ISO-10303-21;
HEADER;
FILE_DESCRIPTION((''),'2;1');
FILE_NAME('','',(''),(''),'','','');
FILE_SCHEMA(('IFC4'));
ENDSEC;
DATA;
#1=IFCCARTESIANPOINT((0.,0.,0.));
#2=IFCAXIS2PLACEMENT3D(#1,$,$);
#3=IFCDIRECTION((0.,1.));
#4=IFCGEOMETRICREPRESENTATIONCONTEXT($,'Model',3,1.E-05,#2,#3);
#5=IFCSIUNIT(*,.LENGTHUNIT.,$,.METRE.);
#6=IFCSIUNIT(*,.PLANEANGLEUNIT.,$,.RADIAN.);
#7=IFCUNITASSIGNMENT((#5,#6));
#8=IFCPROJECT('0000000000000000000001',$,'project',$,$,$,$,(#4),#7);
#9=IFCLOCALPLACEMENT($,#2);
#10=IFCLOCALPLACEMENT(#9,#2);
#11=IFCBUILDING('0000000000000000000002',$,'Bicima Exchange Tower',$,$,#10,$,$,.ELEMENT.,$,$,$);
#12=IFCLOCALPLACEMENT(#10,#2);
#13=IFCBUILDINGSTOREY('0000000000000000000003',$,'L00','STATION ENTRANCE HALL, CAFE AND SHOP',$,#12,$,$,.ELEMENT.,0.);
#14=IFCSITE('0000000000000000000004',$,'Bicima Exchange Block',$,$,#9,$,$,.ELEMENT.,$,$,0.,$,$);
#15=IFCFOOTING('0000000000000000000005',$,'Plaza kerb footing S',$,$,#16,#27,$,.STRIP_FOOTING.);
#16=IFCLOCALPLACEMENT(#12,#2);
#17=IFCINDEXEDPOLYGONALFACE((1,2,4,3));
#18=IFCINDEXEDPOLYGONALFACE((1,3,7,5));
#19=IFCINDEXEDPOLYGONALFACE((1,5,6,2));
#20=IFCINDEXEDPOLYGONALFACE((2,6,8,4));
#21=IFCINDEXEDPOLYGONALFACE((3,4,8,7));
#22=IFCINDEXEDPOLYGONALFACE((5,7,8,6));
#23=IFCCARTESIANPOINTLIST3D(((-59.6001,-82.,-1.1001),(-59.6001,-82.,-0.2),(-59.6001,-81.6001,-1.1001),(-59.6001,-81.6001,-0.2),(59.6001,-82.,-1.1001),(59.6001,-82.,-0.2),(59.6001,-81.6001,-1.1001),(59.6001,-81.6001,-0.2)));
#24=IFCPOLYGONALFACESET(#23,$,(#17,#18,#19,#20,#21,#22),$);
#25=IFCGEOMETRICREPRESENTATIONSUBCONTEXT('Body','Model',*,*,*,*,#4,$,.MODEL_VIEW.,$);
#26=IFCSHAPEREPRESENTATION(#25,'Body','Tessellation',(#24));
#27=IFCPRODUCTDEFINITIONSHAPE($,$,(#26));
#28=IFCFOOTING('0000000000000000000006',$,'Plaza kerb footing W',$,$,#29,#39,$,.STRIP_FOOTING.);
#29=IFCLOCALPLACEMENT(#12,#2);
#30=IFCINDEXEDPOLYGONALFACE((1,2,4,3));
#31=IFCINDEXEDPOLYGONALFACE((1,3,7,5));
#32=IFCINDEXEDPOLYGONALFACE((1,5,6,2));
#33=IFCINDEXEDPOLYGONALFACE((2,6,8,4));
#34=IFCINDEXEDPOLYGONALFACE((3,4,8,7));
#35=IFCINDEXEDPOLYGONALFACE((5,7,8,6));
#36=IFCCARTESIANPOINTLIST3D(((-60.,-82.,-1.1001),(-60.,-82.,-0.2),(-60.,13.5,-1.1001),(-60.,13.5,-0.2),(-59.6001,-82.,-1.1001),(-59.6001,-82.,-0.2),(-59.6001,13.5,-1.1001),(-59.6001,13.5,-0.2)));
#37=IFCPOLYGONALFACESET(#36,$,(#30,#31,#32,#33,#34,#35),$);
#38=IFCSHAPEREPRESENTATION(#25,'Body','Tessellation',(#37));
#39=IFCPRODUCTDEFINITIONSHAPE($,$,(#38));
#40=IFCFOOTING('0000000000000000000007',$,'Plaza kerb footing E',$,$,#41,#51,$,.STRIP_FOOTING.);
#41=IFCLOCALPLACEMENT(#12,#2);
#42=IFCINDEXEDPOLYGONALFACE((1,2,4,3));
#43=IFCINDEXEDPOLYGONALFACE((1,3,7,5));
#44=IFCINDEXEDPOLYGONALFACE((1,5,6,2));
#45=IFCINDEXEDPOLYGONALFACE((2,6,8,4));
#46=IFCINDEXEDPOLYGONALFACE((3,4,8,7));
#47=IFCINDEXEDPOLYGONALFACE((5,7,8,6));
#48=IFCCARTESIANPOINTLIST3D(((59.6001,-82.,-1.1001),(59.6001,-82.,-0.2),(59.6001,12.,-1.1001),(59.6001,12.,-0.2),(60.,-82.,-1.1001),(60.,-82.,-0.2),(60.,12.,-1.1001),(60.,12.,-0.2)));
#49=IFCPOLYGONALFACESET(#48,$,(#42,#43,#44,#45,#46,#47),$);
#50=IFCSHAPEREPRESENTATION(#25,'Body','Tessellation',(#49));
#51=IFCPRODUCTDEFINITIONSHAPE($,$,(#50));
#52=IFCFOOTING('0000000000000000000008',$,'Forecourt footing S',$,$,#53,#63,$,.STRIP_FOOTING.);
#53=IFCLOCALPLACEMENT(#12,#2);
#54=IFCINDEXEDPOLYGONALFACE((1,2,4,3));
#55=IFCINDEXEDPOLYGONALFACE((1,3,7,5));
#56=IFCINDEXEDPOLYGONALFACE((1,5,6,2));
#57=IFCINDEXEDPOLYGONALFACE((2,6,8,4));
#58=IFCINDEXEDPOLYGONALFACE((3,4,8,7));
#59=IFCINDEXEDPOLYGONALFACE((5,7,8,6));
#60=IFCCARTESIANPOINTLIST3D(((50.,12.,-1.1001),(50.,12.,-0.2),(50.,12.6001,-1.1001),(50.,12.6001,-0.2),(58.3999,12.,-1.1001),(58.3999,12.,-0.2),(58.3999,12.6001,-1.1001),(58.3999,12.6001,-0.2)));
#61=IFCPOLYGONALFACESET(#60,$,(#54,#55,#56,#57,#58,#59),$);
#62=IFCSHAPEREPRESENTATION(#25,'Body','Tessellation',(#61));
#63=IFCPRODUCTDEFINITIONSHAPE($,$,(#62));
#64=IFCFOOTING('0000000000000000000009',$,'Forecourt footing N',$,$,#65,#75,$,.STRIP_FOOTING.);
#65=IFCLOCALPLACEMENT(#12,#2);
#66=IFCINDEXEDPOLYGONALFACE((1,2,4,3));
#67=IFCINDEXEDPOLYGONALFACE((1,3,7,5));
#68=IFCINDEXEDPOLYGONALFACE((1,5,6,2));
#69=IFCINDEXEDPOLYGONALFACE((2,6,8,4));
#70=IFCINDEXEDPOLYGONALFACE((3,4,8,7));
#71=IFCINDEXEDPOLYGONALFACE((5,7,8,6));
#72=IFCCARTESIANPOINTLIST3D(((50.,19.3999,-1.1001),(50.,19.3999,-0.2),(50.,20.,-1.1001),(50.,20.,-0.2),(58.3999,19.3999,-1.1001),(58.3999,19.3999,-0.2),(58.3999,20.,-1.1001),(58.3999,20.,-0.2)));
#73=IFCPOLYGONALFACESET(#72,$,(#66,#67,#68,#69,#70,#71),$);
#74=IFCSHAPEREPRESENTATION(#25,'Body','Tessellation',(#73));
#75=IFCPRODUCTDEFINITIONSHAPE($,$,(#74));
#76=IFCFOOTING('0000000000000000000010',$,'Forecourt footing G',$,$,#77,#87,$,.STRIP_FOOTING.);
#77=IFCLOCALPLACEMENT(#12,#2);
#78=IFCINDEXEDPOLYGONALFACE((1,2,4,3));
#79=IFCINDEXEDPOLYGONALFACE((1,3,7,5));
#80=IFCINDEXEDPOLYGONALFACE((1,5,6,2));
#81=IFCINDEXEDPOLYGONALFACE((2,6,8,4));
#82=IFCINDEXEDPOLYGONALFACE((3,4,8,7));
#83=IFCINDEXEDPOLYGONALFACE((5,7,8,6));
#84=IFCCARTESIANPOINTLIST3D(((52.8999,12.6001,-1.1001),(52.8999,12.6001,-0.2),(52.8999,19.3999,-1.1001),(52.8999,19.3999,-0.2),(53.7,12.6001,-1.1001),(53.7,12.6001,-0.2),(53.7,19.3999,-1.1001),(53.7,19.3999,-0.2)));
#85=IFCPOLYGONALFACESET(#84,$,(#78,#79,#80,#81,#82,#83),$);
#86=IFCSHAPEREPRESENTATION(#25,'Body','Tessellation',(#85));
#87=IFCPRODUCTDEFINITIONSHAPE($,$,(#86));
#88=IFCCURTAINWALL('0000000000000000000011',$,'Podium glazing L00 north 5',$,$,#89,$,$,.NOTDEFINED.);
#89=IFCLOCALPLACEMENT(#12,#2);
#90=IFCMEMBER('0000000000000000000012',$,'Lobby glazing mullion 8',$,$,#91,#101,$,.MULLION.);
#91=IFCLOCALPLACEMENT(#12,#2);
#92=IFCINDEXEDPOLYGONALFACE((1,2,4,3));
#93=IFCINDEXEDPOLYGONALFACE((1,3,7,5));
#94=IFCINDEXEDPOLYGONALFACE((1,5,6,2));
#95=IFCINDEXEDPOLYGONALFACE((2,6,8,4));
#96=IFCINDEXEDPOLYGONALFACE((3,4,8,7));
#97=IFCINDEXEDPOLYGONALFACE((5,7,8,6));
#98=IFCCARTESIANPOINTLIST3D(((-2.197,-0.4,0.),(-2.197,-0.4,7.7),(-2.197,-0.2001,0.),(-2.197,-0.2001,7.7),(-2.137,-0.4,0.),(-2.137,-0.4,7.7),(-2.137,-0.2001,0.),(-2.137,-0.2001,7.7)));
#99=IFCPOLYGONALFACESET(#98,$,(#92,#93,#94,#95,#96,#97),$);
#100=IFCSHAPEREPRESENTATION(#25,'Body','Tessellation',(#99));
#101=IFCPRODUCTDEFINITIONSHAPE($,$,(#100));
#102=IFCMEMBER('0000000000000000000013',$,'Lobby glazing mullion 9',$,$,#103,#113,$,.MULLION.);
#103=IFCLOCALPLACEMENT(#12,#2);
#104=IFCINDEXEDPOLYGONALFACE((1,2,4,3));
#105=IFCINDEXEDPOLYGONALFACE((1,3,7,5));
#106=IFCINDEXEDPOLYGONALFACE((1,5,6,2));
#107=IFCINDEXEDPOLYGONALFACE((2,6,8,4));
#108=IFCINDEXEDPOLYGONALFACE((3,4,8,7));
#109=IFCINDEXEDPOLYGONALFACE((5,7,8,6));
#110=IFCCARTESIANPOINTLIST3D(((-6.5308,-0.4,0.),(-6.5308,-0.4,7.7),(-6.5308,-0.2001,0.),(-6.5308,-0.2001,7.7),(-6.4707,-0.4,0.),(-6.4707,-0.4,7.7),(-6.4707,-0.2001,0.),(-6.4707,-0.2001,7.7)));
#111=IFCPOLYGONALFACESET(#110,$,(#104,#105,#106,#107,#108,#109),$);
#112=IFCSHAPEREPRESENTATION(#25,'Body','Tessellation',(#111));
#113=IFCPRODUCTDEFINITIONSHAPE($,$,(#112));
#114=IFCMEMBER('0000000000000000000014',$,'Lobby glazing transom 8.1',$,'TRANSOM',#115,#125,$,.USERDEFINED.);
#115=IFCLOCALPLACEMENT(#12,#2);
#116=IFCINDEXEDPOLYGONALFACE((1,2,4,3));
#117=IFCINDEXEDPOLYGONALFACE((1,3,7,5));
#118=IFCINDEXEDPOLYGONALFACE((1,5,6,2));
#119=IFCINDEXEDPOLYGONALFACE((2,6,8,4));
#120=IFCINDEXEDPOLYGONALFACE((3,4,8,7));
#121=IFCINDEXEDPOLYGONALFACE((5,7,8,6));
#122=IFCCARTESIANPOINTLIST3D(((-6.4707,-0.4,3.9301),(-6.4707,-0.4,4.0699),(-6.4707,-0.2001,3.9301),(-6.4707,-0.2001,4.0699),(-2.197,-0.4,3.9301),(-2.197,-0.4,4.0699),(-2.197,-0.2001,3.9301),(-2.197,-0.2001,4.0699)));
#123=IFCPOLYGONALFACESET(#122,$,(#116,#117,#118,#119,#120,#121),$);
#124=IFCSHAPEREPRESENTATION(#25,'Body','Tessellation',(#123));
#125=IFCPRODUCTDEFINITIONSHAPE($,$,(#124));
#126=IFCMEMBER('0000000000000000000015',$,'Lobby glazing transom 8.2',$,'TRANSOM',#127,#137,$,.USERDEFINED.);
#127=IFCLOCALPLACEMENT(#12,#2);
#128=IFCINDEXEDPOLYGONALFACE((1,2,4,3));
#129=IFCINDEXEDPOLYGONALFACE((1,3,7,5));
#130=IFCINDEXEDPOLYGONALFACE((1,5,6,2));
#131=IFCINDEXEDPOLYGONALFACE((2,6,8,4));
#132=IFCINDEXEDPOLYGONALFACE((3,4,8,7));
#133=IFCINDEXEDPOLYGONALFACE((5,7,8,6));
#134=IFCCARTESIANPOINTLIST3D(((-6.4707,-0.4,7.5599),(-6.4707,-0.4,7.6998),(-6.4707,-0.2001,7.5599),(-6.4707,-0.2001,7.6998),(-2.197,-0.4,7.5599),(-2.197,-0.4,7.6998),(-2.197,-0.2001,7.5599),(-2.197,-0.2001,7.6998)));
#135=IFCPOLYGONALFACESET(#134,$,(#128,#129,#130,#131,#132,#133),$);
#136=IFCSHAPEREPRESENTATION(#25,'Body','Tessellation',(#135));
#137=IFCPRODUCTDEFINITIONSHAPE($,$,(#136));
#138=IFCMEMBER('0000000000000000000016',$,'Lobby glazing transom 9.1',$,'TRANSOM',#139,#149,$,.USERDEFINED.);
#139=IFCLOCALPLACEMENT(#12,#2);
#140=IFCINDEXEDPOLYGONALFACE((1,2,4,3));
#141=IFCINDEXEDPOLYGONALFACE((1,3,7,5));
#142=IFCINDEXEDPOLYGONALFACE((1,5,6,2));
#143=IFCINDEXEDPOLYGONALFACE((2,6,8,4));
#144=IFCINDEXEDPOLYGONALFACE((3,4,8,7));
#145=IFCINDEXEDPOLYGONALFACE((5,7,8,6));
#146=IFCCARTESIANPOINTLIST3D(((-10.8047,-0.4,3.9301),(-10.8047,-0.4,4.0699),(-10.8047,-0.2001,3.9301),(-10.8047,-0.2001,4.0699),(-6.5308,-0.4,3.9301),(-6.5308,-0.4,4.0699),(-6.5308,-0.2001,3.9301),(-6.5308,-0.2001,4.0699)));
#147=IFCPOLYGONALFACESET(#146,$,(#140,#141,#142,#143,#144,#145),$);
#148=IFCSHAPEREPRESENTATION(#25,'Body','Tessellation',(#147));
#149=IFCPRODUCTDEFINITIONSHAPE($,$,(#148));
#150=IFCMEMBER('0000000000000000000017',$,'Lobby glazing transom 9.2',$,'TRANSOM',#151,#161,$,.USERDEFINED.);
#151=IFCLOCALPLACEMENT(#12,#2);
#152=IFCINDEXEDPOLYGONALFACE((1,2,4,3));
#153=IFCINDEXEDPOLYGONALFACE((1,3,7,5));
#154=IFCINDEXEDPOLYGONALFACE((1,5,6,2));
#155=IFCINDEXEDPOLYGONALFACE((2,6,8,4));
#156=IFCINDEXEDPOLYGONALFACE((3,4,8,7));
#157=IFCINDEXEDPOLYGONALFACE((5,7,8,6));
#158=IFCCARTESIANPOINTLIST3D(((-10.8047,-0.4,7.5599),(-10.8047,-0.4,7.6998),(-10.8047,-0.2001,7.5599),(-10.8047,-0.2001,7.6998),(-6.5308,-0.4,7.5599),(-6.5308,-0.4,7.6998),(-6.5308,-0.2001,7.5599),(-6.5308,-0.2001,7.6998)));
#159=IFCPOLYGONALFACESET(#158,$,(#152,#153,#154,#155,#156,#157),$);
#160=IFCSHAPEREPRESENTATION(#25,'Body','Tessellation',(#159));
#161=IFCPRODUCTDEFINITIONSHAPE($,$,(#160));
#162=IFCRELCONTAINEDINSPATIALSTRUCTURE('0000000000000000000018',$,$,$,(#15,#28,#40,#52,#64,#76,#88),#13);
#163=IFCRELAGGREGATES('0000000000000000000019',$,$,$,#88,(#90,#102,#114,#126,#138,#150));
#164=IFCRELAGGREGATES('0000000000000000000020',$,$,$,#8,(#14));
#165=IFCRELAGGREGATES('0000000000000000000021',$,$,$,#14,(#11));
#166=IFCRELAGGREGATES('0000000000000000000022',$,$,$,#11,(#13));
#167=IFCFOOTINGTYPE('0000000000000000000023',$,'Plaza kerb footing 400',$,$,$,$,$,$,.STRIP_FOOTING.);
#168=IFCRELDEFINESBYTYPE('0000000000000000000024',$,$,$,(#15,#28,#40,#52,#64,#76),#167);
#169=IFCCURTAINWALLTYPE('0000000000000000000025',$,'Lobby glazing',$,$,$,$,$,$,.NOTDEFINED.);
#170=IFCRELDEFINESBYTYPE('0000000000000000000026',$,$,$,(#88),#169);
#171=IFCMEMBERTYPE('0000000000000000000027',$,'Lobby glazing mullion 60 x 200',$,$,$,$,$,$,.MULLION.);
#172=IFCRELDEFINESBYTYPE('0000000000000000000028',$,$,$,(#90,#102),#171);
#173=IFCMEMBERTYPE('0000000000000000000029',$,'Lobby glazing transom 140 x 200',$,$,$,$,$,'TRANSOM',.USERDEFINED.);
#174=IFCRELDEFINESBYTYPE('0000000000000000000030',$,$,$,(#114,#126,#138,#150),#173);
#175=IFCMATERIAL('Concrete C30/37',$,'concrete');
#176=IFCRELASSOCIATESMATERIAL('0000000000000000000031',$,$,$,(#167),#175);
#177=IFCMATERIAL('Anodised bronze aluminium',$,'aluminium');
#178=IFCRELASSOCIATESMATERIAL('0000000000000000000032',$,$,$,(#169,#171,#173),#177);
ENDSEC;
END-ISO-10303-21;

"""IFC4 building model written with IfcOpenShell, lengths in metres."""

from ifc_helpers import new_model, si_unit, direction, frame, origin, origin_2d, place, context, subcontext, project, spatial, polyline, rectangle, outline, extrude, material, material_profile, profile_set, type_object, element, aggregate, save


model = new_model("IFC4")

# Units and contexts
model_context = context("Model", 3, precision=1e-05, world=origin(), true_north=direction((0.0, 1.0)))
body_context = subcontext(model_context, "Body", "Model", "MODEL_VIEW")
ifc_project = project(units=[si_unit("LENGTHUNIT", "METRE"), si_unit("PLANEANGLEUNIT", "RADIAN")], contexts=[model_context])

# Site, building, storey
site_placement = place(None, origin())
site = spatial("IfcSite", under=ifc_project, at=site_placement, Name="Bicima Exchange Block", CompositionType="ELEMENT", RefElevation=0.0)
building_placement = place(site_placement, origin())
building = spatial("IfcBuilding", under=site, at=building_placement, Name="Bicima Exchange Tower", CompositionType="ELEMENT")
storey_placement = place(building_placement, origin())
storey = spatial("IfcBuildingStorey", under=building, at=storey_placement, Name="L00", Description="STATION ENTRANCE HALL, CAFE AND SHOP", CompositionType="ELEMENT", Elevation=0.0)

# Footings
ifc_material_1 = material(Name="Concrete C30/37", Category="concrete")
footing_type = type_object("IfcFootingType", Name="Plaza kerb footing 400", PredefinedType="STRIP_FOOTING", material=ifc_material_1)
footing_1_placement = place(storey_placement, frame((0.0, 0.0, -1.1001)))
element("IfcFooting", 1, at=footing_1_placement, inside=storey, type_object=footing_type, Name="Plaza kerb footing S", PredefinedType="STRIP_FOOTING", context=body_context, shape_type="SweptSolid", body=[
    extrude(outline(polyline([(-59.6001, -82.0), (59.6001, -82.0), (59.6001, -81.6001), (-59.6001, -81.6001), (-59.6001, -82.0)])), origin(), (0.0, 0.0, 1.0), 0.9001),
])
footing_2_placement = place(storey_placement, frame((0.0, 0.0, -1.1001)))
element("IfcFooting", 2, at=footing_2_placement, inside=storey, type_object=footing_type, Name="Plaza kerb footing W", PredefinedType="STRIP_FOOTING", context=body_context, shape_type="SweptSolid", body=[
    extrude(outline(polyline([(-60.0, -82.0), (-59.6001, -82.0), (-59.6001, 13.5), (-60.0, 13.5), (-60.0, -82.0)])), origin(), (0.0, 0.0, 1.0), 0.9001),
])
footing_3_placement = place(storey_placement, frame((0.0, 0.0, -1.1001)))
element("IfcFooting", 3, at=footing_3_placement, inside=storey, type_object=footing_type, Name="Plaza kerb footing E", PredefinedType="STRIP_FOOTING", context=body_context, shape_type="SweptSolid", body=[
    extrude(outline(polyline([(59.6001, -82.0), (60.0, -82.0), (60.0, 12.0), (59.6001, 12.0), (59.6001, -82.0)])), origin(), (0.0, 0.0, 1.0), 0.9001),
])
footing_4_placement = place(storey_placement, frame((0.0, 0.0, -1.1001)))
element("IfcFooting", 4, at=footing_4_placement, inside=storey, type_object=footing_type, Name="Forecourt footing S", PredefinedType="STRIP_FOOTING", context=body_context, shape_type="SweptSolid", body=[
    extrude(outline(polyline([(50.0, 12.0), (58.3999, 12.0), (58.3999, 12.6001), (50.0, 12.6001), (50.0, 12.0)])), origin(), (0.0, 0.0, 1.0), 0.9001),
])
footing_5_placement = place(storey_placement, frame((0.0, 0.0, -1.1001)))
element("IfcFooting", 5, at=footing_5_placement, inside=storey, type_object=footing_type, Name="Forecourt footing N", PredefinedType="STRIP_FOOTING", context=body_context, shape_type="SweptSolid", body=[
    extrude(outline(polyline([(50.0, 19.3999), (58.3999, 19.3999), (58.3999, 20.0), (50.0, 20.0), (50.0, 19.3999)])), origin(), (0.0, 0.0, 1.0), 0.9001),
])
footing_6_placement = place(storey_placement, frame((0.0, 0.0, -1.1001)))
element("IfcFooting", 6, at=footing_6_placement, inside=storey, type_object=footing_type, Name="Forecourt footing G", PredefinedType="STRIP_FOOTING", context=body_context, shape_type="SweptSolid", body=[
    extrude(outline(polyline([(52.8999, 12.6001), (53.7, 12.6001), (53.7, 19.3999), (52.8999, 19.3999), (52.8999, 12.6001)])), origin(), (0.0, 0.0, 1.0), 0.9001),
])

# Curtain wall, members
ifc_material_2 = material(Name="Anodised bronze aluminium", Category="aluminium")
curtain_wall_type = type_object("IfcCurtainWallType", Name="Lobby glazing", PredefinedType="NOTDEFINED", material=ifc_material_2)
curtain_wall_placement = place(storey_placement, origin())
curtain_wall = element("IfcCurtainWall", 7, at=curtain_wall_placement, inside=storey, type_object=curtain_wall_type, Name="Podium glazing L00 north 5", PredefinedType="NOTDEFINED")
ifc_material_profile_1 = material_profile(ifc_material_2, rectangle(XDim=0.2, YDim=0.0601, at=origin_2d()))
ifc_profile_set_1 = profile_set([ifc_material_profile_1], Name="Anodised bronze aluminium")
member_type_1 = type_object("IfcMemberType", Name="Lobby glazing mullion 60 x 200", PredefinedType="MULLION", material=ifc_profile_set_1)
member_1_placement = place(storey_placement, frame((-2.167, -0.3, 0.0), z_axis=(0.0, 0.0, 1.0), x_axis=(0.0, -1.0, 0.0)))
member_1 = element("IfcMember", 8, at=member_1_placement, type_object=member_type_1, Name="Lobby glazing mullion 8", PredefinedType="MULLION", context=body_context, shape_type="SweptSolid", body=[
    extrude(rectangle(XDim=0.2, YDim=0.0601, at=origin_2d()), origin(), (0.0, 0.0, 1.0), 7.7),
])
member_2_placement = place(storey_placement, frame((-6.5007, -0.3, 0.0), z_axis=(0.0, 0.0, 1.0), x_axis=(0.0, -1.0, 0.0)))
member_2 = element("IfcMember", 9, at=member_2_placement, type_object=member_type_1, Name="Lobby glazing mullion 9", PredefinedType="MULLION", context=body_context, shape_type="SweptSolid", body=[
    extrude(rectangle(XDim=0.2, YDim=0.0601, at=origin_2d()), origin(), (0.0, 0.0, 1.0), 7.7),
])
ifc_material_profile_2 = material_profile(ifc_material_2, rectangle(XDim=0.2, YDim=0.1399, at=origin_2d()))
ifc_profile_set_2 = profile_set([ifc_material_profile_2], Name="Anodised bronze aluminium")
member_type_2 = type_object("IfcMemberType", Name="Lobby glazing transom 140 x 200", ElementType="TRANSOM", PredefinedType="USERDEFINED", material=ifc_profile_set_2)
member_3_placement = place(storey_placement, frame((-2.197, -0.3, 4.0), z_axis=(-1.0, 0.0, 0.0), x_axis=(0.0, -1.0, 0.0)))
member_3 = element("IfcMember", 10, at=member_3_placement, type_object=member_type_2, Name="Lobby glazing transom 8.1", ObjectType="TRANSOM", PredefinedType="USERDEFINED", context=body_context, shape_type="SweptSolid", body=[
    extrude(rectangle(XDim=0.2, YDim=0.1399, at=origin_2d()), origin(), (0.0, 0.0, 1.0), 4.2737),
])
member_4_placement = place(storey_placement, frame((-2.197, -0.3, 7.6299), z_axis=(-1.0, 0.0, 0.0), x_axis=(0.0, -1.0, 0.0)))
member_4 = element("IfcMember", 11, at=member_4_placement, type_object=member_type_2, Name="Lobby glazing transom 8.2", ObjectType="TRANSOM", PredefinedType="USERDEFINED", context=body_context, shape_type="SweptSolid", body=[
    extrude(rectangle(XDim=0.2, YDim=0.1399, at=origin_2d()), origin(), (0.0, 0.0, 1.0), 4.2737),
])
member_5_placement = place(storey_placement, frame((-6.5308, -0.3, 4.0), z_axis=(-1.0, 0.0, 0.0), x_axis=(0.0, -1.0, 0.0)))
member_5 = element("IfcMember", 12, at=member_5_placement, type_object=member_type_2, Name="Lobby glazing transom 9.1", ObjectType="TRANSOM", PredefinedType="USERDEFINED", context=body_context, shape_type="SweptSolid", body=[
    extrude(rectangle(XDim=0.2, YDim=0.1399, at=origin_2d()), origin(), (0.0, 0.0, 1.0), 4.2739),
])
member_6_placement = place(storey_placement, frame((-6.5308, -0.3, 7.6299), z_axis=(-1.0, 0.0, 0.0), x_axis=(0.0, -1.0, 0.0)))
member_6 = element("IfcMember", 13, at=member_6_placement, type_object=member_type_2, Name="Lobby glazing transom 9.2", ObjectType="TRANSOM", PredefinedType="USERDEFINED", context=body_context, shape_type="SweptSolid", body=[
    extrude(rectangle(XDim=0.2, YDim=0.1399, at=origin_2d()), origin(), (0.0, 0.0, 1.0), 4.2739),
])

aggregate(curtain_wall, [member_1, member_2, member_3, member_4, member_5, member_6])

save(model, "model.ifc")
